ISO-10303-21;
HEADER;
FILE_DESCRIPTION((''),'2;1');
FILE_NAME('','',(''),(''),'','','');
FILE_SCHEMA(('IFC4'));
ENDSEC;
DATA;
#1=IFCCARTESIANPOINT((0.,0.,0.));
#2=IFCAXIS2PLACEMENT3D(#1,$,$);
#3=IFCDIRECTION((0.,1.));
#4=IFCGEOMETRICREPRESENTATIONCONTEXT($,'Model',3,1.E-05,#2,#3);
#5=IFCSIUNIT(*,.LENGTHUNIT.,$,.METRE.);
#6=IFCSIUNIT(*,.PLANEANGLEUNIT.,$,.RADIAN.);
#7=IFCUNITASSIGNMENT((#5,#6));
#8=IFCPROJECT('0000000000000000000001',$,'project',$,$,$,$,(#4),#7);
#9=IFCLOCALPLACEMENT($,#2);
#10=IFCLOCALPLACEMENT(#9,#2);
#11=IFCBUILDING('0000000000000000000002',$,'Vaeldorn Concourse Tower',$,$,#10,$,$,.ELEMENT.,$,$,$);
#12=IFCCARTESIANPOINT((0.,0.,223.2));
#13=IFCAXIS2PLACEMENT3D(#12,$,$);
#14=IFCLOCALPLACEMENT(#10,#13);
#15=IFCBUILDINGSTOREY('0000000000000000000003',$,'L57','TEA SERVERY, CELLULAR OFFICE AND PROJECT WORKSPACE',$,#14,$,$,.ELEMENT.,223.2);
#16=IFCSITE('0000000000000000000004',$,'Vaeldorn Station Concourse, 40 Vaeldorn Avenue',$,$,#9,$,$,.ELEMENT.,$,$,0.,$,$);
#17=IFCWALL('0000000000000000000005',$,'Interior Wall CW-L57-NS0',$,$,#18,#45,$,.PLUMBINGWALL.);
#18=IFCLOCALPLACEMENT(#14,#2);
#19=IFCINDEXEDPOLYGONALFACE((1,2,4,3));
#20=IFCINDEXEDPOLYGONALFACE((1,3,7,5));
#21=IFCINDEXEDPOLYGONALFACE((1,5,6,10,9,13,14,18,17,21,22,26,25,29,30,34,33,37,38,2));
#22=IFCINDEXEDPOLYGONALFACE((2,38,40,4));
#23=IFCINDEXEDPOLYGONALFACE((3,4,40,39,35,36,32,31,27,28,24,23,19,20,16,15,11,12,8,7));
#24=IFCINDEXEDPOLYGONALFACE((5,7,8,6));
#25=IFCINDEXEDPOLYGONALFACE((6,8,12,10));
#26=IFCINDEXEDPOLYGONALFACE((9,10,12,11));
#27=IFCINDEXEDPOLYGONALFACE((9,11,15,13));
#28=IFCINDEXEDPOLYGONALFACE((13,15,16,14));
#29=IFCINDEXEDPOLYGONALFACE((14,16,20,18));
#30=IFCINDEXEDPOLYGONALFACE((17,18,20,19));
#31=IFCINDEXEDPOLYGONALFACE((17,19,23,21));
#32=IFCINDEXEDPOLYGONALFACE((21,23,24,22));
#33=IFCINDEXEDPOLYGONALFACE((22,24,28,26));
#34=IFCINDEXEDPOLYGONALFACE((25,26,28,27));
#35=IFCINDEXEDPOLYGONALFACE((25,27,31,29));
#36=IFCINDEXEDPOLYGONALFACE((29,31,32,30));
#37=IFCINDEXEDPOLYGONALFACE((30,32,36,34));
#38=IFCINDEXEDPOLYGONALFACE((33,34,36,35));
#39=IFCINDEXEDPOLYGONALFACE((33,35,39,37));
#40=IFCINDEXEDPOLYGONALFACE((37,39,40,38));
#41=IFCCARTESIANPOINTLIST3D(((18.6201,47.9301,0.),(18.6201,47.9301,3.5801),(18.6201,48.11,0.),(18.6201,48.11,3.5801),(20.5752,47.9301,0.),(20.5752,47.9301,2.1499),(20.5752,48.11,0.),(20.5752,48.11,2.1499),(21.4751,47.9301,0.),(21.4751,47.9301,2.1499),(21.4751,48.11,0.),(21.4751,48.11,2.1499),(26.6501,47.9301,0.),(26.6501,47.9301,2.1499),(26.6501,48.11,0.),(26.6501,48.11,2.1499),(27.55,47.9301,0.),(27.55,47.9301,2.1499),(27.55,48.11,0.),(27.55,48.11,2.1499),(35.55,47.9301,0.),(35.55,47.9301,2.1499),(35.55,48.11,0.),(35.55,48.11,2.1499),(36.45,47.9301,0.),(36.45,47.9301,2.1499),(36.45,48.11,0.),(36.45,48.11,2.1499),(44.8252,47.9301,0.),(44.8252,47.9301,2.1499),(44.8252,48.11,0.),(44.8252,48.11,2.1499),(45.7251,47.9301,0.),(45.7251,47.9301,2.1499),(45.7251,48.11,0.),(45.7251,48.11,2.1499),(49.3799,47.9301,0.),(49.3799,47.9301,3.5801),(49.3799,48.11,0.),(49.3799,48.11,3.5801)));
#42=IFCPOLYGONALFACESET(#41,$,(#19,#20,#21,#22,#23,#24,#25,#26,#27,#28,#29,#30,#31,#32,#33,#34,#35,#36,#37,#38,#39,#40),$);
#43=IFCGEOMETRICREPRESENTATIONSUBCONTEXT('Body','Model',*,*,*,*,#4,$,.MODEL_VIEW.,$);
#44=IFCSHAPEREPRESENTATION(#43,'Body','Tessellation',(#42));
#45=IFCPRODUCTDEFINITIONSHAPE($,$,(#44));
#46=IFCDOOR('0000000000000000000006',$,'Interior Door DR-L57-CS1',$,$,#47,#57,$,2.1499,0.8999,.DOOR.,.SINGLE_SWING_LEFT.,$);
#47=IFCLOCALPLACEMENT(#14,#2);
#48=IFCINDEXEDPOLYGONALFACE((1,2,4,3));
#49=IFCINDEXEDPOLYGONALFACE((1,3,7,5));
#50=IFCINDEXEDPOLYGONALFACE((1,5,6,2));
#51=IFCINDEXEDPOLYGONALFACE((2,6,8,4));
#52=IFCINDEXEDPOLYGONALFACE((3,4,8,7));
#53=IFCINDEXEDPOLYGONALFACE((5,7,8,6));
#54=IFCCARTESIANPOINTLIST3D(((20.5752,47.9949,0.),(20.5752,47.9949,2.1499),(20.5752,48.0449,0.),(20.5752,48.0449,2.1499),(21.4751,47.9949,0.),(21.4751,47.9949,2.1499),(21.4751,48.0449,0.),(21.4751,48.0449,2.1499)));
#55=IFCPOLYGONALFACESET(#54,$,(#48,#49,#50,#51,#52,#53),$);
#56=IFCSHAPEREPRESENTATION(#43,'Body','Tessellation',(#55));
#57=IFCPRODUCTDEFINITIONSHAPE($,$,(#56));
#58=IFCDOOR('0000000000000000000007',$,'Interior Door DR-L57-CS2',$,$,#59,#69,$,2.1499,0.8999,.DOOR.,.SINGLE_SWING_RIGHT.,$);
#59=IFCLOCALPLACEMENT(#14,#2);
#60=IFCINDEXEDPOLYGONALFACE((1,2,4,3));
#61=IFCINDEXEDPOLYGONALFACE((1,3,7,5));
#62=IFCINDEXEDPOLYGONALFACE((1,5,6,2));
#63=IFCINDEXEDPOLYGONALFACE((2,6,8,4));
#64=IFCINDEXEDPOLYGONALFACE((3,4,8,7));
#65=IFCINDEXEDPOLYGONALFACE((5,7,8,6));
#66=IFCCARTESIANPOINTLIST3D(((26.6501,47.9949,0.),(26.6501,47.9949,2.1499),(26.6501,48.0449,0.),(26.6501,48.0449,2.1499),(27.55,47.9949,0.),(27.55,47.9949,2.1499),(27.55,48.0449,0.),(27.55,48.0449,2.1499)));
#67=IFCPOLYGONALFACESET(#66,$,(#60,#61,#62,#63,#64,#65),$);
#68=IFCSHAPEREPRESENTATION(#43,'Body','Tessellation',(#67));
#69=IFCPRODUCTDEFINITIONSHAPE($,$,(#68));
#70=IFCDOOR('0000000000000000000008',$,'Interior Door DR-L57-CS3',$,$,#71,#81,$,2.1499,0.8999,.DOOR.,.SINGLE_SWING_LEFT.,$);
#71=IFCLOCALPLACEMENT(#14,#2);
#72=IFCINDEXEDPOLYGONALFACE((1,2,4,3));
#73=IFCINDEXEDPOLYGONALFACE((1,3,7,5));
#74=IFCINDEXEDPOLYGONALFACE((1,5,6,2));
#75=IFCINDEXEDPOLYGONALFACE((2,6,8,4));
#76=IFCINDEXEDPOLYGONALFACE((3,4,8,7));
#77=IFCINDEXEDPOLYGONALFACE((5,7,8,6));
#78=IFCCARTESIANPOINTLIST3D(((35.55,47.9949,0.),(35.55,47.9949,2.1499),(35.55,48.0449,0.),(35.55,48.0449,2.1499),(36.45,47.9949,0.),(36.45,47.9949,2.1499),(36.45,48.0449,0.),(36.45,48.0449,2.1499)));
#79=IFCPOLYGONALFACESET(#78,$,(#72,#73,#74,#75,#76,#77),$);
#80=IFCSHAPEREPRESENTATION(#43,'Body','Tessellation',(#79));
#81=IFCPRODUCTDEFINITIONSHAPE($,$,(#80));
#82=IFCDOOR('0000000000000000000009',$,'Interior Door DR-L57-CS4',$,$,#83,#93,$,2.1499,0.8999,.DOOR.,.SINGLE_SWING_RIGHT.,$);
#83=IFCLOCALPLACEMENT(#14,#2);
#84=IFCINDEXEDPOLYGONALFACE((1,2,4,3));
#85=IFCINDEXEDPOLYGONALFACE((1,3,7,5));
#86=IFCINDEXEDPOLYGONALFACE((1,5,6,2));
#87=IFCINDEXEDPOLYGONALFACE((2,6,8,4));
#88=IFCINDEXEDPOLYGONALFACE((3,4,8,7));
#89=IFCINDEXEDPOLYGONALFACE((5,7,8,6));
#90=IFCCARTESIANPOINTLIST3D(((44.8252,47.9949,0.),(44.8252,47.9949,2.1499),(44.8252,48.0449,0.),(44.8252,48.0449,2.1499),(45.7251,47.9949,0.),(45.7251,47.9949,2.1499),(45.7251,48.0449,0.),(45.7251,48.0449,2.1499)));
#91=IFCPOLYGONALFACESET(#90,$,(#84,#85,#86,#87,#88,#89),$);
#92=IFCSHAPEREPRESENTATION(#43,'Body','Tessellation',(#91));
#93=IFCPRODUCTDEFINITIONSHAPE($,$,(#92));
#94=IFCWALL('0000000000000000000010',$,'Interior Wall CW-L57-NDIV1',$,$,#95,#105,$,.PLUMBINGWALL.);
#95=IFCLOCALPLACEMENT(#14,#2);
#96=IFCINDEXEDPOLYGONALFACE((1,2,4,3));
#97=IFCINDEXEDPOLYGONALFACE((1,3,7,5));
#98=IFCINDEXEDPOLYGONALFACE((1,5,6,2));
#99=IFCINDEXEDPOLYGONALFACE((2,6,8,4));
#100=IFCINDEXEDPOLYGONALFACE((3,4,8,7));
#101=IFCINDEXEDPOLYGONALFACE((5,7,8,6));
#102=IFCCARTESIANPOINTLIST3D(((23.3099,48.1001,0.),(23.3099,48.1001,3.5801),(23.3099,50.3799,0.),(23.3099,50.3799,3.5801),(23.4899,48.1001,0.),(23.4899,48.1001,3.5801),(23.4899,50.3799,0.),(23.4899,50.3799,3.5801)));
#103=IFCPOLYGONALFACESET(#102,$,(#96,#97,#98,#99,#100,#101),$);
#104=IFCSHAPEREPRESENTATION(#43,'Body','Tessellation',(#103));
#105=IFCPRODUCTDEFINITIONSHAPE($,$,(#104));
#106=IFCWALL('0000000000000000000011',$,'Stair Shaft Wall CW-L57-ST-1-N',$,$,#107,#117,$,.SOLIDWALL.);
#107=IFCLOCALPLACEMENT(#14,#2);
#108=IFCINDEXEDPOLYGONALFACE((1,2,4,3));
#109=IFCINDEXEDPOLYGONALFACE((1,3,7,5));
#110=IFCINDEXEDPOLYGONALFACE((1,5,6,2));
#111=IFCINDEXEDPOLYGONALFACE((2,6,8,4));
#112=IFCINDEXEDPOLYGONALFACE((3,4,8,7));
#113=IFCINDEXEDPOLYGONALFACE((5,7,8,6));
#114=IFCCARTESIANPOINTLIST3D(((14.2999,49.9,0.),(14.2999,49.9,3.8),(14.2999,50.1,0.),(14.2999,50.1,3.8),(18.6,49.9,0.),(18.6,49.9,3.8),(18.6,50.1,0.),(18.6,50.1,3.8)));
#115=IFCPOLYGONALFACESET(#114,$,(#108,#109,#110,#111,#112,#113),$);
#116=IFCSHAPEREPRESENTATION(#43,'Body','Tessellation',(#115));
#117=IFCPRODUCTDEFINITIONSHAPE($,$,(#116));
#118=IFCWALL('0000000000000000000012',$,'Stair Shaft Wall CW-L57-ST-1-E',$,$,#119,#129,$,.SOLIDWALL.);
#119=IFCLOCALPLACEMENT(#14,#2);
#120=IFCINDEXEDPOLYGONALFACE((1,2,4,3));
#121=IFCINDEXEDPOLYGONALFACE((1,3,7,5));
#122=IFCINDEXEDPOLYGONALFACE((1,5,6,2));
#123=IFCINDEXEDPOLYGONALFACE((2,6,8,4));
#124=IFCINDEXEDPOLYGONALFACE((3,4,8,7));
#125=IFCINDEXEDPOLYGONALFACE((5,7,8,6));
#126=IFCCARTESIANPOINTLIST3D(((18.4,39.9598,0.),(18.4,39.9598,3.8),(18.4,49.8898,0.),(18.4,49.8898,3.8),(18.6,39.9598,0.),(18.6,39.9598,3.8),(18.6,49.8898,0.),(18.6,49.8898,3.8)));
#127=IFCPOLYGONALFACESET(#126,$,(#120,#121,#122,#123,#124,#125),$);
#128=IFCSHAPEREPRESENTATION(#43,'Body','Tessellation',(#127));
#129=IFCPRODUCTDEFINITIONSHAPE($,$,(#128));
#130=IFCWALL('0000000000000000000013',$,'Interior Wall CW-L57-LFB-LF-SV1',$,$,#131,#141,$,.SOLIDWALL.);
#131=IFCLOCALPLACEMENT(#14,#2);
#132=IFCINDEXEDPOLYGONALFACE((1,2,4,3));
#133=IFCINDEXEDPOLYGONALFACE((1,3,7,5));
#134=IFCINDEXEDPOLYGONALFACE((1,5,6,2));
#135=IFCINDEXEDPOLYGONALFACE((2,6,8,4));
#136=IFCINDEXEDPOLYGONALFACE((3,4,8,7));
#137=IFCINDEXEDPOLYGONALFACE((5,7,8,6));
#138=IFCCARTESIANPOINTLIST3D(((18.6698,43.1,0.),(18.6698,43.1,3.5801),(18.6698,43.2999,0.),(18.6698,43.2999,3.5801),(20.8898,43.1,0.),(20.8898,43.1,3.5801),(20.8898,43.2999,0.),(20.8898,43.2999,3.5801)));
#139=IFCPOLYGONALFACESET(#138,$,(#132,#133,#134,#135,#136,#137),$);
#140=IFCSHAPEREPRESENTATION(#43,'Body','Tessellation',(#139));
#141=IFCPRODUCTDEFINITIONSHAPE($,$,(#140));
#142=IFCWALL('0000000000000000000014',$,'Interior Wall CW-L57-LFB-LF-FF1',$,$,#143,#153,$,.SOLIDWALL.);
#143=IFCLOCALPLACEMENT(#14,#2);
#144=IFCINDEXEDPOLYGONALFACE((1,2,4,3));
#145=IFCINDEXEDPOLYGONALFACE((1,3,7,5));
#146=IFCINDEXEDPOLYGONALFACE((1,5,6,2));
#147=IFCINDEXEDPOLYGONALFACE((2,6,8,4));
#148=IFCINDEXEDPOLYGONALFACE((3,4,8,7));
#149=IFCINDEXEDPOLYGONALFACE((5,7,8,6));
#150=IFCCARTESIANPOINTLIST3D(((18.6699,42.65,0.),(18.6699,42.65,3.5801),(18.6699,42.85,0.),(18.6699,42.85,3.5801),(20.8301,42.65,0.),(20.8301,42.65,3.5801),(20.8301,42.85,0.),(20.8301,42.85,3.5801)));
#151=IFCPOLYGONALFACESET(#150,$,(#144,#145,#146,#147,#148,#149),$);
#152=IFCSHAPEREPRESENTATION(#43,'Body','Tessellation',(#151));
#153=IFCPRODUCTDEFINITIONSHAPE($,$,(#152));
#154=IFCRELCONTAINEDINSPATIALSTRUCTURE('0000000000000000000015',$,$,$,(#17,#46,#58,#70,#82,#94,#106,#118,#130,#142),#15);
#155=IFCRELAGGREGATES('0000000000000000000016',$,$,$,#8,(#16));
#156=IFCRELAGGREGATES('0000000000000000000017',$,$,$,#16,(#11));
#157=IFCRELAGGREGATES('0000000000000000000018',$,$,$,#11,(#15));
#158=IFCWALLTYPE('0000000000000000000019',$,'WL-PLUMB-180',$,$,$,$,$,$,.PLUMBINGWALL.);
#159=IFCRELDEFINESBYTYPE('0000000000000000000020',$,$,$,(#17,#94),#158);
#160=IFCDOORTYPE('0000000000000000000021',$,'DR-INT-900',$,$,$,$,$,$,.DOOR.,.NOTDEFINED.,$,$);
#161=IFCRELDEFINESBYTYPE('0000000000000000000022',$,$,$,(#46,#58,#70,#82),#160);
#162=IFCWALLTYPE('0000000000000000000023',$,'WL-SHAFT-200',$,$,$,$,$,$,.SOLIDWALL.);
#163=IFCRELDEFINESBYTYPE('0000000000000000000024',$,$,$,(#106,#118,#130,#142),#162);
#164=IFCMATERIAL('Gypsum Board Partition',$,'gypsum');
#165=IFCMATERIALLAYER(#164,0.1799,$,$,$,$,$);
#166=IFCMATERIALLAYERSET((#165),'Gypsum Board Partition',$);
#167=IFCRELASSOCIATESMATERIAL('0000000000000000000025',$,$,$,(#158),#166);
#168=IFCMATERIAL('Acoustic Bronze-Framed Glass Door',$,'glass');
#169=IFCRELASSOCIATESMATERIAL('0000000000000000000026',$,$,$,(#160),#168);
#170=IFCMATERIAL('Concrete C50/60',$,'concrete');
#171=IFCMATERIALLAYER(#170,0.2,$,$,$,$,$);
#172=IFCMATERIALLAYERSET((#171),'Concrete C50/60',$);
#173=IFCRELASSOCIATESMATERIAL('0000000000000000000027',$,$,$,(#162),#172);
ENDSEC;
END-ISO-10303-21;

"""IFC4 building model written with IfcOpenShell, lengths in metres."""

from ifc_helpers import new_model, si_unit, direction, frame, frame_2d, origin, place, context, subcontext, project, spatial, rectangle, extrude, source, transform, mapped, material, layer, layer_set, type_object, element, fill, save


model = new_model("IFC4")

# Units and contexts
model_context = context("Model", 3, precision=1e-05, world=origin(), true_north=direction((0.0, 1.0)))
body_context = subcontext(model_context, "Body", "Model", "MODEL_VIEW")
ifc_project = project(units=[si_unit("LENGTHUNIT", "METRE"), si_unit("PLANEANGLEUNIT", "RADIAN")], contexts=[model_context])

# Site, building, storey
site_placement = place(None, origin())
site = spatial("IfcSite", under=ifc_project, at=site_placement, Name="Vaeldorn Station Concourse, 40 Vaeldorn Avenue", CompositionType="ELEMENT", RefElevation=0.0)
building_placement = place(site_placement, origin())
building = spatial("IfcBuilding", under=site, at=building_placement, Name="Vaeldorn Concourse Tower", CompositionType="ELEMENT")
storey_placement = place(building_placement, frame((0.0, 0.0, 223.2)))
storey = spatial("IfcBuildingStorey", under=building, at=storey_placement, Name="L57", Description="TEA SERVERY, CELLULAR OFFICE AND PROJECT WORKSPACE", CompositionType="ELEMENT", Elevation=223.2)

# Shared definitions
ifc_material_1 = material(Name="Concrete C50/60", Category="concrete")
ifc_material_2 = material(Name="Gypsum Board Partition", Category="gypsum")

# Wall, openings, doors
ifc_layer_1 = layer(ifc_material_2, 0.1799)
ifc_layer_set_1 = layer_set([ifc_layer_1], Name="Gypsum Board Partition")
wall_type_1 = type_object("IfcWallType", Name="WL-PLUMB-180", PredefinedType="PLUMBINGWALL", material=ifc_layer_set_1)
wall_1_placement = place(storey_placement, frame((18.6201, 48.02, 0.0), z_axis=(0.0, 0.0, 1.0), x_axis=(1.0, 0.0, 0.0)))
wall_1 = element("IfcWall", 1, at=wall_1_placement, inside=storey, type_object=wall_type_1, Name="Interior Wall CW-L57-NS0", PredefinedType="PLUMBINGWALL", context=body_context, shape_type="SweptSolid", body=[
    extrude(rectangle(XDim=30.7598, YDim=0.1799, at=frame_2d((15.3799, 0.0))), origin(), (0.0, 0.0, 1.0), 3.5801),
])
opening_1_placement = place(wall_1_placement, frame((1.9551, 0.0, 0.0)))
opening_1 = element("IfcOpeningElement", 2, at=opening_1_placement, cuts=wall_1, PredefinedType="OPENING", context=body_context, shape_type="SweptSolid", body=[
    extrude(rectangle(XDim=0.8999, YDim=2.1499, at=frame_2d((0.45, 1.075))), frame((0.0, 0.1001, 0.0), z_axis=(0.0, -1.0, 0.0), x_axis=(1.0, 0.0, 0.0)), (0.0, 0.0, 1.0), 0.2),
])
opening_2_placement = place(wall_1_placement, frame((8.03, 0.0, 0.0)))
opening_2 = element("IfcOpeningElement", 3, at=opening_2_placement, cuts=wall_1, PredefinedType="OPENING", context=body_context, shape_type="SweptSolid", body=[
    extrude(rectangle(XDim=0.8999, YDim=2.1499, at=frame_2d((0.45, 1.075))), frame((0.0, 0.1001, 0.0), z_axis=(0.0, -1.0, 0.0), x_axis=(1.0, 0.0, 0.0)), (0.0, 0.0, 1.0), 0.2),
])
opening_3_placement = place(wall_1_placement, frame((16.9299, 0.0, 0.0)))
opening_3 = element("IfcOpeningElement", 4, at=opening_3_placement, cuts=wall_1, PredefinedType="OPENING", context=body_context, shape_type="SweptSolid", body=[
    extrude(rectangle(XDim=0.8999, YDim=2.1499, at=frame_2d((0.45, 1.075))), frame((0.0, 0.1001, 0.0), z_axis=(0.0, -1.0, 0.0), x_axis=(1.0, 0.0, 0.0)), (0.0, 0.0, 1.0), 0.2),
])
opening_4_placement = place(wall_1_placement, frame((26.2051, 0.0, 0.0)))
opening_4 = element("IfcOpeningElement", 5, at=opening_4_placement, cuts=wall_1, PredefinedType="OPENING", context=body_context, shape_type="SweptSolid", body=[
    extrude(rectangle(XDim=0.8999, YDim=2.1499, at=frame_2d((0.45, 1.075))), frame((0.0, 0.1001, 0.0), z_axis=(0.0, -1.0, 0.0), x_axis=(1.0, 0.0, 0.0)), (0.0, 0.0, 1.0), 0.2),
])
ifc_material_3 = material(Name="Acoustic Bronze-Framed Glass Door", Category="glass")
door_type_1 = type_object("IfcDoorType", Name="DR-INT-900", OperationType="NOTDEFINED", PredefinedType="DOOR", material=ifc_material_3)
shared_shape_1 = source(origin(), body_context, "Body", "SweptSolid", [
    extrude(rectangle(XDim=0.8999, YDim=2.1499, at=frame_2d((0.45, 1.075))), frame((0.0, 0.0249, 0.0), z_axis=(0.0, -1.0, 0.0), x_axis=(1.0, 0.0, 0.0)), (0.0, 0.0, 1.0), 0.05),
])
door_1_placement = place(opening_1_placement, origin())
door_1 = element("IfcDoor", 6, at=door_1_placement, inside=storey, type_object=door_type_1, Name="Interior Door DR-L57-CS1", OperationType="SINGLE_SWING_LEFT", OverallHeight=2.1499, OverallWidth=0.8999, PredefinedType="DOOR", context=body_context, shape_type="MappedRepresentation", body=[
    mapped(shared_shape_1, transform((0.0, 0.0, 0.0), scale=1.0)),
])
fill(opening_1, door_1)
door_2_placement = place(opening_2_placement, origin())
door_2 = element("IfcDoor", 7, at=door_2_placement, inside=storey, type_object=door_type_1, Name="Interior Door DR-L57-CS2", OperationType="SINGLE_SWING_RIGHT", OverallHeight=2.1499, OverallWidth=0.8999, PredefinedType="DOOR", context=body_context, shape_type="MappedRepresentation", body=[
    mapped(shared_shape_1, transform((0.0, 0.0, 0.0), scale=1.0)),
])
fill(opening_2, door_2)
door_3_placement = place(opening_3_placement, origin())
door_3 = element("IfcDoor", 8, at=door_3_placement, inside=storey, type_object=door_type_1, Name="Interior Door DR-L57-CS3", OperationType="SINGLE_SWING_LEFT", OverallHeight=2.1499, OverallWidth=0.8999, PredefinedType="DOOR", context=body_context, shape_type="MappedRepresentation", body=[
    mapped(shared_shape_1, transform((0.0, 0.0, 0.0), scale=1.0)),
])
fill(opening_3, door_3)
door_4_placement = place(opening_4_placement, origin())
door_4 = element("IfcDoor", 9, at=door_4_placement, inside=storey, type_object=door_type_1, Name="Interior Door DR-L57-CS4", OperationType="SINGLE_SWING_RIGHT", OverallHeight=2.1499, OverallWidth=0.8999, PredefinedType="DOOR", context=body_context, shape_type="MappedRepresentation", body=[
    mapped(shared_shape_1, transform((0.0, 0.0, 0.0), scale=1.0)),
])
fill(opening_4, door_4)

# Walls
wall_2_placement = place(storey_placement, frame((23.3999, 48.1001, 0.0), z_axis=(0.0, 0.0, 1.0), x_axis=(0.0, 1.0, 0.0)))
element("IfcWall", 10, at=wall_2_placement, inside=storey, type_object=wall_type_1, Name="Interior Wall CW-L57-NDIV1", PredefinedType="PLUMBINGWALL", context=body_context, shape_type="SweptSolid", body=[
    extrude(rectangle(XDim=2.2798, YDim=0.1799, at=frame_2d((1.1399, 0.0))), origin(), (0.0, 0.0, 1.0), 3.5801),
])
ifc_layer_2 = layer(ifc_material_1, 0.2)
ifc_layer_set_2 = layer_set([ifc_layer_2], Name="Concrete C50/60")
wall_type_2 = type_object("IfcWallType", Name="WL-SHAFT-200", PredefinedType="SOLIDWALL", material=ifc_layer_set_2)
wall_3_placement = place(storey_placement, frame((14.3, 50.0, 0.0), z_axis=(0.0, 0.0, 1.0), x_axis=(1.0, 0.0, 0.0)))
element("IfcWall", 11, at=wall_3_placement, inside=storey, type_object=wall_type_2, Name="Stair Shaft Wall CW-L57-ST-1-N", PredefinedType="SOLIDWALL", context=body_context, shape_type="SweptSolid", body=[
    extrude(rectangle(XDim=4.3, YDim=0.2, at=frame_2d((2.1499, 0.0))), origin(), (0.0, 0.0, 1.0), 3.8),
])
wall_4_placement = place(storey_placement, frame((18.5, 39.96, 0.0), z_axis=(0.0, 0.0, 1.0), x_axis=(0.0, 1.0, 0.0)))
element("IfcWall", 12, at=wall_4_placement, inside=storey, type_object=wall_type_2, Name="Stair Shaft Wall CW-L57-ST-1-E", PredefinedType="SOLIDWALL", context=body_context, shape_type="SweptSolid", body=[
    extrude(rectangle(XDim=9.9299, YDim=0.2, at=frame_2d((4.9648, 0.0))), origin(), (0.0, 0.0, 1.0), 3.8),
])

# Walls
wall_5_placement = place(storey_placement, frame((18.6699, 43.2, 0.0), z_axis=(0.0, 0.0, 1.0), x_axis=(1.0, 0.0, 0.0)))
element("IfcWall", 13, at=wall_5_placement, inside=storey, type_object=wall_type_2, Name="Interior Wall CW-L57-LFB-LF-SV1", PredefinedType="SOLIDWALL", context=body_context, shape_type="SweptSolid", body=[
    extrude(rectangle(XDim=2.22, YDim=0.2, at=frame_2d((1.1099, 0.0))), origin(), (0.0, 0.0, 1.0), 3.5801),
])
wall_6_placement = place(storey_placement, frame((18.6699, 42.75, 0.0), z_axis=(0.0, 0.0, 1.0), x_axis=(1.0, 0.0, 0.0)))
element("IfcWall", 14, at=wall_6_placement, inside=storey, type_object=wall_type_2, Name="Interior Wall CW-L57-LFB-LF-FF1", PredefinedType="SOLIDWALL", context=body_context, shape_type="SweptSolid", body=[
    extrude(rectangle(XDim=2.1602, YDim=0.2, at=frame_2d((1.0801, 0.0))), origin(), (0.0, 0.0, 1.0), 3.5801),
])

save(model, "model.ifc")
